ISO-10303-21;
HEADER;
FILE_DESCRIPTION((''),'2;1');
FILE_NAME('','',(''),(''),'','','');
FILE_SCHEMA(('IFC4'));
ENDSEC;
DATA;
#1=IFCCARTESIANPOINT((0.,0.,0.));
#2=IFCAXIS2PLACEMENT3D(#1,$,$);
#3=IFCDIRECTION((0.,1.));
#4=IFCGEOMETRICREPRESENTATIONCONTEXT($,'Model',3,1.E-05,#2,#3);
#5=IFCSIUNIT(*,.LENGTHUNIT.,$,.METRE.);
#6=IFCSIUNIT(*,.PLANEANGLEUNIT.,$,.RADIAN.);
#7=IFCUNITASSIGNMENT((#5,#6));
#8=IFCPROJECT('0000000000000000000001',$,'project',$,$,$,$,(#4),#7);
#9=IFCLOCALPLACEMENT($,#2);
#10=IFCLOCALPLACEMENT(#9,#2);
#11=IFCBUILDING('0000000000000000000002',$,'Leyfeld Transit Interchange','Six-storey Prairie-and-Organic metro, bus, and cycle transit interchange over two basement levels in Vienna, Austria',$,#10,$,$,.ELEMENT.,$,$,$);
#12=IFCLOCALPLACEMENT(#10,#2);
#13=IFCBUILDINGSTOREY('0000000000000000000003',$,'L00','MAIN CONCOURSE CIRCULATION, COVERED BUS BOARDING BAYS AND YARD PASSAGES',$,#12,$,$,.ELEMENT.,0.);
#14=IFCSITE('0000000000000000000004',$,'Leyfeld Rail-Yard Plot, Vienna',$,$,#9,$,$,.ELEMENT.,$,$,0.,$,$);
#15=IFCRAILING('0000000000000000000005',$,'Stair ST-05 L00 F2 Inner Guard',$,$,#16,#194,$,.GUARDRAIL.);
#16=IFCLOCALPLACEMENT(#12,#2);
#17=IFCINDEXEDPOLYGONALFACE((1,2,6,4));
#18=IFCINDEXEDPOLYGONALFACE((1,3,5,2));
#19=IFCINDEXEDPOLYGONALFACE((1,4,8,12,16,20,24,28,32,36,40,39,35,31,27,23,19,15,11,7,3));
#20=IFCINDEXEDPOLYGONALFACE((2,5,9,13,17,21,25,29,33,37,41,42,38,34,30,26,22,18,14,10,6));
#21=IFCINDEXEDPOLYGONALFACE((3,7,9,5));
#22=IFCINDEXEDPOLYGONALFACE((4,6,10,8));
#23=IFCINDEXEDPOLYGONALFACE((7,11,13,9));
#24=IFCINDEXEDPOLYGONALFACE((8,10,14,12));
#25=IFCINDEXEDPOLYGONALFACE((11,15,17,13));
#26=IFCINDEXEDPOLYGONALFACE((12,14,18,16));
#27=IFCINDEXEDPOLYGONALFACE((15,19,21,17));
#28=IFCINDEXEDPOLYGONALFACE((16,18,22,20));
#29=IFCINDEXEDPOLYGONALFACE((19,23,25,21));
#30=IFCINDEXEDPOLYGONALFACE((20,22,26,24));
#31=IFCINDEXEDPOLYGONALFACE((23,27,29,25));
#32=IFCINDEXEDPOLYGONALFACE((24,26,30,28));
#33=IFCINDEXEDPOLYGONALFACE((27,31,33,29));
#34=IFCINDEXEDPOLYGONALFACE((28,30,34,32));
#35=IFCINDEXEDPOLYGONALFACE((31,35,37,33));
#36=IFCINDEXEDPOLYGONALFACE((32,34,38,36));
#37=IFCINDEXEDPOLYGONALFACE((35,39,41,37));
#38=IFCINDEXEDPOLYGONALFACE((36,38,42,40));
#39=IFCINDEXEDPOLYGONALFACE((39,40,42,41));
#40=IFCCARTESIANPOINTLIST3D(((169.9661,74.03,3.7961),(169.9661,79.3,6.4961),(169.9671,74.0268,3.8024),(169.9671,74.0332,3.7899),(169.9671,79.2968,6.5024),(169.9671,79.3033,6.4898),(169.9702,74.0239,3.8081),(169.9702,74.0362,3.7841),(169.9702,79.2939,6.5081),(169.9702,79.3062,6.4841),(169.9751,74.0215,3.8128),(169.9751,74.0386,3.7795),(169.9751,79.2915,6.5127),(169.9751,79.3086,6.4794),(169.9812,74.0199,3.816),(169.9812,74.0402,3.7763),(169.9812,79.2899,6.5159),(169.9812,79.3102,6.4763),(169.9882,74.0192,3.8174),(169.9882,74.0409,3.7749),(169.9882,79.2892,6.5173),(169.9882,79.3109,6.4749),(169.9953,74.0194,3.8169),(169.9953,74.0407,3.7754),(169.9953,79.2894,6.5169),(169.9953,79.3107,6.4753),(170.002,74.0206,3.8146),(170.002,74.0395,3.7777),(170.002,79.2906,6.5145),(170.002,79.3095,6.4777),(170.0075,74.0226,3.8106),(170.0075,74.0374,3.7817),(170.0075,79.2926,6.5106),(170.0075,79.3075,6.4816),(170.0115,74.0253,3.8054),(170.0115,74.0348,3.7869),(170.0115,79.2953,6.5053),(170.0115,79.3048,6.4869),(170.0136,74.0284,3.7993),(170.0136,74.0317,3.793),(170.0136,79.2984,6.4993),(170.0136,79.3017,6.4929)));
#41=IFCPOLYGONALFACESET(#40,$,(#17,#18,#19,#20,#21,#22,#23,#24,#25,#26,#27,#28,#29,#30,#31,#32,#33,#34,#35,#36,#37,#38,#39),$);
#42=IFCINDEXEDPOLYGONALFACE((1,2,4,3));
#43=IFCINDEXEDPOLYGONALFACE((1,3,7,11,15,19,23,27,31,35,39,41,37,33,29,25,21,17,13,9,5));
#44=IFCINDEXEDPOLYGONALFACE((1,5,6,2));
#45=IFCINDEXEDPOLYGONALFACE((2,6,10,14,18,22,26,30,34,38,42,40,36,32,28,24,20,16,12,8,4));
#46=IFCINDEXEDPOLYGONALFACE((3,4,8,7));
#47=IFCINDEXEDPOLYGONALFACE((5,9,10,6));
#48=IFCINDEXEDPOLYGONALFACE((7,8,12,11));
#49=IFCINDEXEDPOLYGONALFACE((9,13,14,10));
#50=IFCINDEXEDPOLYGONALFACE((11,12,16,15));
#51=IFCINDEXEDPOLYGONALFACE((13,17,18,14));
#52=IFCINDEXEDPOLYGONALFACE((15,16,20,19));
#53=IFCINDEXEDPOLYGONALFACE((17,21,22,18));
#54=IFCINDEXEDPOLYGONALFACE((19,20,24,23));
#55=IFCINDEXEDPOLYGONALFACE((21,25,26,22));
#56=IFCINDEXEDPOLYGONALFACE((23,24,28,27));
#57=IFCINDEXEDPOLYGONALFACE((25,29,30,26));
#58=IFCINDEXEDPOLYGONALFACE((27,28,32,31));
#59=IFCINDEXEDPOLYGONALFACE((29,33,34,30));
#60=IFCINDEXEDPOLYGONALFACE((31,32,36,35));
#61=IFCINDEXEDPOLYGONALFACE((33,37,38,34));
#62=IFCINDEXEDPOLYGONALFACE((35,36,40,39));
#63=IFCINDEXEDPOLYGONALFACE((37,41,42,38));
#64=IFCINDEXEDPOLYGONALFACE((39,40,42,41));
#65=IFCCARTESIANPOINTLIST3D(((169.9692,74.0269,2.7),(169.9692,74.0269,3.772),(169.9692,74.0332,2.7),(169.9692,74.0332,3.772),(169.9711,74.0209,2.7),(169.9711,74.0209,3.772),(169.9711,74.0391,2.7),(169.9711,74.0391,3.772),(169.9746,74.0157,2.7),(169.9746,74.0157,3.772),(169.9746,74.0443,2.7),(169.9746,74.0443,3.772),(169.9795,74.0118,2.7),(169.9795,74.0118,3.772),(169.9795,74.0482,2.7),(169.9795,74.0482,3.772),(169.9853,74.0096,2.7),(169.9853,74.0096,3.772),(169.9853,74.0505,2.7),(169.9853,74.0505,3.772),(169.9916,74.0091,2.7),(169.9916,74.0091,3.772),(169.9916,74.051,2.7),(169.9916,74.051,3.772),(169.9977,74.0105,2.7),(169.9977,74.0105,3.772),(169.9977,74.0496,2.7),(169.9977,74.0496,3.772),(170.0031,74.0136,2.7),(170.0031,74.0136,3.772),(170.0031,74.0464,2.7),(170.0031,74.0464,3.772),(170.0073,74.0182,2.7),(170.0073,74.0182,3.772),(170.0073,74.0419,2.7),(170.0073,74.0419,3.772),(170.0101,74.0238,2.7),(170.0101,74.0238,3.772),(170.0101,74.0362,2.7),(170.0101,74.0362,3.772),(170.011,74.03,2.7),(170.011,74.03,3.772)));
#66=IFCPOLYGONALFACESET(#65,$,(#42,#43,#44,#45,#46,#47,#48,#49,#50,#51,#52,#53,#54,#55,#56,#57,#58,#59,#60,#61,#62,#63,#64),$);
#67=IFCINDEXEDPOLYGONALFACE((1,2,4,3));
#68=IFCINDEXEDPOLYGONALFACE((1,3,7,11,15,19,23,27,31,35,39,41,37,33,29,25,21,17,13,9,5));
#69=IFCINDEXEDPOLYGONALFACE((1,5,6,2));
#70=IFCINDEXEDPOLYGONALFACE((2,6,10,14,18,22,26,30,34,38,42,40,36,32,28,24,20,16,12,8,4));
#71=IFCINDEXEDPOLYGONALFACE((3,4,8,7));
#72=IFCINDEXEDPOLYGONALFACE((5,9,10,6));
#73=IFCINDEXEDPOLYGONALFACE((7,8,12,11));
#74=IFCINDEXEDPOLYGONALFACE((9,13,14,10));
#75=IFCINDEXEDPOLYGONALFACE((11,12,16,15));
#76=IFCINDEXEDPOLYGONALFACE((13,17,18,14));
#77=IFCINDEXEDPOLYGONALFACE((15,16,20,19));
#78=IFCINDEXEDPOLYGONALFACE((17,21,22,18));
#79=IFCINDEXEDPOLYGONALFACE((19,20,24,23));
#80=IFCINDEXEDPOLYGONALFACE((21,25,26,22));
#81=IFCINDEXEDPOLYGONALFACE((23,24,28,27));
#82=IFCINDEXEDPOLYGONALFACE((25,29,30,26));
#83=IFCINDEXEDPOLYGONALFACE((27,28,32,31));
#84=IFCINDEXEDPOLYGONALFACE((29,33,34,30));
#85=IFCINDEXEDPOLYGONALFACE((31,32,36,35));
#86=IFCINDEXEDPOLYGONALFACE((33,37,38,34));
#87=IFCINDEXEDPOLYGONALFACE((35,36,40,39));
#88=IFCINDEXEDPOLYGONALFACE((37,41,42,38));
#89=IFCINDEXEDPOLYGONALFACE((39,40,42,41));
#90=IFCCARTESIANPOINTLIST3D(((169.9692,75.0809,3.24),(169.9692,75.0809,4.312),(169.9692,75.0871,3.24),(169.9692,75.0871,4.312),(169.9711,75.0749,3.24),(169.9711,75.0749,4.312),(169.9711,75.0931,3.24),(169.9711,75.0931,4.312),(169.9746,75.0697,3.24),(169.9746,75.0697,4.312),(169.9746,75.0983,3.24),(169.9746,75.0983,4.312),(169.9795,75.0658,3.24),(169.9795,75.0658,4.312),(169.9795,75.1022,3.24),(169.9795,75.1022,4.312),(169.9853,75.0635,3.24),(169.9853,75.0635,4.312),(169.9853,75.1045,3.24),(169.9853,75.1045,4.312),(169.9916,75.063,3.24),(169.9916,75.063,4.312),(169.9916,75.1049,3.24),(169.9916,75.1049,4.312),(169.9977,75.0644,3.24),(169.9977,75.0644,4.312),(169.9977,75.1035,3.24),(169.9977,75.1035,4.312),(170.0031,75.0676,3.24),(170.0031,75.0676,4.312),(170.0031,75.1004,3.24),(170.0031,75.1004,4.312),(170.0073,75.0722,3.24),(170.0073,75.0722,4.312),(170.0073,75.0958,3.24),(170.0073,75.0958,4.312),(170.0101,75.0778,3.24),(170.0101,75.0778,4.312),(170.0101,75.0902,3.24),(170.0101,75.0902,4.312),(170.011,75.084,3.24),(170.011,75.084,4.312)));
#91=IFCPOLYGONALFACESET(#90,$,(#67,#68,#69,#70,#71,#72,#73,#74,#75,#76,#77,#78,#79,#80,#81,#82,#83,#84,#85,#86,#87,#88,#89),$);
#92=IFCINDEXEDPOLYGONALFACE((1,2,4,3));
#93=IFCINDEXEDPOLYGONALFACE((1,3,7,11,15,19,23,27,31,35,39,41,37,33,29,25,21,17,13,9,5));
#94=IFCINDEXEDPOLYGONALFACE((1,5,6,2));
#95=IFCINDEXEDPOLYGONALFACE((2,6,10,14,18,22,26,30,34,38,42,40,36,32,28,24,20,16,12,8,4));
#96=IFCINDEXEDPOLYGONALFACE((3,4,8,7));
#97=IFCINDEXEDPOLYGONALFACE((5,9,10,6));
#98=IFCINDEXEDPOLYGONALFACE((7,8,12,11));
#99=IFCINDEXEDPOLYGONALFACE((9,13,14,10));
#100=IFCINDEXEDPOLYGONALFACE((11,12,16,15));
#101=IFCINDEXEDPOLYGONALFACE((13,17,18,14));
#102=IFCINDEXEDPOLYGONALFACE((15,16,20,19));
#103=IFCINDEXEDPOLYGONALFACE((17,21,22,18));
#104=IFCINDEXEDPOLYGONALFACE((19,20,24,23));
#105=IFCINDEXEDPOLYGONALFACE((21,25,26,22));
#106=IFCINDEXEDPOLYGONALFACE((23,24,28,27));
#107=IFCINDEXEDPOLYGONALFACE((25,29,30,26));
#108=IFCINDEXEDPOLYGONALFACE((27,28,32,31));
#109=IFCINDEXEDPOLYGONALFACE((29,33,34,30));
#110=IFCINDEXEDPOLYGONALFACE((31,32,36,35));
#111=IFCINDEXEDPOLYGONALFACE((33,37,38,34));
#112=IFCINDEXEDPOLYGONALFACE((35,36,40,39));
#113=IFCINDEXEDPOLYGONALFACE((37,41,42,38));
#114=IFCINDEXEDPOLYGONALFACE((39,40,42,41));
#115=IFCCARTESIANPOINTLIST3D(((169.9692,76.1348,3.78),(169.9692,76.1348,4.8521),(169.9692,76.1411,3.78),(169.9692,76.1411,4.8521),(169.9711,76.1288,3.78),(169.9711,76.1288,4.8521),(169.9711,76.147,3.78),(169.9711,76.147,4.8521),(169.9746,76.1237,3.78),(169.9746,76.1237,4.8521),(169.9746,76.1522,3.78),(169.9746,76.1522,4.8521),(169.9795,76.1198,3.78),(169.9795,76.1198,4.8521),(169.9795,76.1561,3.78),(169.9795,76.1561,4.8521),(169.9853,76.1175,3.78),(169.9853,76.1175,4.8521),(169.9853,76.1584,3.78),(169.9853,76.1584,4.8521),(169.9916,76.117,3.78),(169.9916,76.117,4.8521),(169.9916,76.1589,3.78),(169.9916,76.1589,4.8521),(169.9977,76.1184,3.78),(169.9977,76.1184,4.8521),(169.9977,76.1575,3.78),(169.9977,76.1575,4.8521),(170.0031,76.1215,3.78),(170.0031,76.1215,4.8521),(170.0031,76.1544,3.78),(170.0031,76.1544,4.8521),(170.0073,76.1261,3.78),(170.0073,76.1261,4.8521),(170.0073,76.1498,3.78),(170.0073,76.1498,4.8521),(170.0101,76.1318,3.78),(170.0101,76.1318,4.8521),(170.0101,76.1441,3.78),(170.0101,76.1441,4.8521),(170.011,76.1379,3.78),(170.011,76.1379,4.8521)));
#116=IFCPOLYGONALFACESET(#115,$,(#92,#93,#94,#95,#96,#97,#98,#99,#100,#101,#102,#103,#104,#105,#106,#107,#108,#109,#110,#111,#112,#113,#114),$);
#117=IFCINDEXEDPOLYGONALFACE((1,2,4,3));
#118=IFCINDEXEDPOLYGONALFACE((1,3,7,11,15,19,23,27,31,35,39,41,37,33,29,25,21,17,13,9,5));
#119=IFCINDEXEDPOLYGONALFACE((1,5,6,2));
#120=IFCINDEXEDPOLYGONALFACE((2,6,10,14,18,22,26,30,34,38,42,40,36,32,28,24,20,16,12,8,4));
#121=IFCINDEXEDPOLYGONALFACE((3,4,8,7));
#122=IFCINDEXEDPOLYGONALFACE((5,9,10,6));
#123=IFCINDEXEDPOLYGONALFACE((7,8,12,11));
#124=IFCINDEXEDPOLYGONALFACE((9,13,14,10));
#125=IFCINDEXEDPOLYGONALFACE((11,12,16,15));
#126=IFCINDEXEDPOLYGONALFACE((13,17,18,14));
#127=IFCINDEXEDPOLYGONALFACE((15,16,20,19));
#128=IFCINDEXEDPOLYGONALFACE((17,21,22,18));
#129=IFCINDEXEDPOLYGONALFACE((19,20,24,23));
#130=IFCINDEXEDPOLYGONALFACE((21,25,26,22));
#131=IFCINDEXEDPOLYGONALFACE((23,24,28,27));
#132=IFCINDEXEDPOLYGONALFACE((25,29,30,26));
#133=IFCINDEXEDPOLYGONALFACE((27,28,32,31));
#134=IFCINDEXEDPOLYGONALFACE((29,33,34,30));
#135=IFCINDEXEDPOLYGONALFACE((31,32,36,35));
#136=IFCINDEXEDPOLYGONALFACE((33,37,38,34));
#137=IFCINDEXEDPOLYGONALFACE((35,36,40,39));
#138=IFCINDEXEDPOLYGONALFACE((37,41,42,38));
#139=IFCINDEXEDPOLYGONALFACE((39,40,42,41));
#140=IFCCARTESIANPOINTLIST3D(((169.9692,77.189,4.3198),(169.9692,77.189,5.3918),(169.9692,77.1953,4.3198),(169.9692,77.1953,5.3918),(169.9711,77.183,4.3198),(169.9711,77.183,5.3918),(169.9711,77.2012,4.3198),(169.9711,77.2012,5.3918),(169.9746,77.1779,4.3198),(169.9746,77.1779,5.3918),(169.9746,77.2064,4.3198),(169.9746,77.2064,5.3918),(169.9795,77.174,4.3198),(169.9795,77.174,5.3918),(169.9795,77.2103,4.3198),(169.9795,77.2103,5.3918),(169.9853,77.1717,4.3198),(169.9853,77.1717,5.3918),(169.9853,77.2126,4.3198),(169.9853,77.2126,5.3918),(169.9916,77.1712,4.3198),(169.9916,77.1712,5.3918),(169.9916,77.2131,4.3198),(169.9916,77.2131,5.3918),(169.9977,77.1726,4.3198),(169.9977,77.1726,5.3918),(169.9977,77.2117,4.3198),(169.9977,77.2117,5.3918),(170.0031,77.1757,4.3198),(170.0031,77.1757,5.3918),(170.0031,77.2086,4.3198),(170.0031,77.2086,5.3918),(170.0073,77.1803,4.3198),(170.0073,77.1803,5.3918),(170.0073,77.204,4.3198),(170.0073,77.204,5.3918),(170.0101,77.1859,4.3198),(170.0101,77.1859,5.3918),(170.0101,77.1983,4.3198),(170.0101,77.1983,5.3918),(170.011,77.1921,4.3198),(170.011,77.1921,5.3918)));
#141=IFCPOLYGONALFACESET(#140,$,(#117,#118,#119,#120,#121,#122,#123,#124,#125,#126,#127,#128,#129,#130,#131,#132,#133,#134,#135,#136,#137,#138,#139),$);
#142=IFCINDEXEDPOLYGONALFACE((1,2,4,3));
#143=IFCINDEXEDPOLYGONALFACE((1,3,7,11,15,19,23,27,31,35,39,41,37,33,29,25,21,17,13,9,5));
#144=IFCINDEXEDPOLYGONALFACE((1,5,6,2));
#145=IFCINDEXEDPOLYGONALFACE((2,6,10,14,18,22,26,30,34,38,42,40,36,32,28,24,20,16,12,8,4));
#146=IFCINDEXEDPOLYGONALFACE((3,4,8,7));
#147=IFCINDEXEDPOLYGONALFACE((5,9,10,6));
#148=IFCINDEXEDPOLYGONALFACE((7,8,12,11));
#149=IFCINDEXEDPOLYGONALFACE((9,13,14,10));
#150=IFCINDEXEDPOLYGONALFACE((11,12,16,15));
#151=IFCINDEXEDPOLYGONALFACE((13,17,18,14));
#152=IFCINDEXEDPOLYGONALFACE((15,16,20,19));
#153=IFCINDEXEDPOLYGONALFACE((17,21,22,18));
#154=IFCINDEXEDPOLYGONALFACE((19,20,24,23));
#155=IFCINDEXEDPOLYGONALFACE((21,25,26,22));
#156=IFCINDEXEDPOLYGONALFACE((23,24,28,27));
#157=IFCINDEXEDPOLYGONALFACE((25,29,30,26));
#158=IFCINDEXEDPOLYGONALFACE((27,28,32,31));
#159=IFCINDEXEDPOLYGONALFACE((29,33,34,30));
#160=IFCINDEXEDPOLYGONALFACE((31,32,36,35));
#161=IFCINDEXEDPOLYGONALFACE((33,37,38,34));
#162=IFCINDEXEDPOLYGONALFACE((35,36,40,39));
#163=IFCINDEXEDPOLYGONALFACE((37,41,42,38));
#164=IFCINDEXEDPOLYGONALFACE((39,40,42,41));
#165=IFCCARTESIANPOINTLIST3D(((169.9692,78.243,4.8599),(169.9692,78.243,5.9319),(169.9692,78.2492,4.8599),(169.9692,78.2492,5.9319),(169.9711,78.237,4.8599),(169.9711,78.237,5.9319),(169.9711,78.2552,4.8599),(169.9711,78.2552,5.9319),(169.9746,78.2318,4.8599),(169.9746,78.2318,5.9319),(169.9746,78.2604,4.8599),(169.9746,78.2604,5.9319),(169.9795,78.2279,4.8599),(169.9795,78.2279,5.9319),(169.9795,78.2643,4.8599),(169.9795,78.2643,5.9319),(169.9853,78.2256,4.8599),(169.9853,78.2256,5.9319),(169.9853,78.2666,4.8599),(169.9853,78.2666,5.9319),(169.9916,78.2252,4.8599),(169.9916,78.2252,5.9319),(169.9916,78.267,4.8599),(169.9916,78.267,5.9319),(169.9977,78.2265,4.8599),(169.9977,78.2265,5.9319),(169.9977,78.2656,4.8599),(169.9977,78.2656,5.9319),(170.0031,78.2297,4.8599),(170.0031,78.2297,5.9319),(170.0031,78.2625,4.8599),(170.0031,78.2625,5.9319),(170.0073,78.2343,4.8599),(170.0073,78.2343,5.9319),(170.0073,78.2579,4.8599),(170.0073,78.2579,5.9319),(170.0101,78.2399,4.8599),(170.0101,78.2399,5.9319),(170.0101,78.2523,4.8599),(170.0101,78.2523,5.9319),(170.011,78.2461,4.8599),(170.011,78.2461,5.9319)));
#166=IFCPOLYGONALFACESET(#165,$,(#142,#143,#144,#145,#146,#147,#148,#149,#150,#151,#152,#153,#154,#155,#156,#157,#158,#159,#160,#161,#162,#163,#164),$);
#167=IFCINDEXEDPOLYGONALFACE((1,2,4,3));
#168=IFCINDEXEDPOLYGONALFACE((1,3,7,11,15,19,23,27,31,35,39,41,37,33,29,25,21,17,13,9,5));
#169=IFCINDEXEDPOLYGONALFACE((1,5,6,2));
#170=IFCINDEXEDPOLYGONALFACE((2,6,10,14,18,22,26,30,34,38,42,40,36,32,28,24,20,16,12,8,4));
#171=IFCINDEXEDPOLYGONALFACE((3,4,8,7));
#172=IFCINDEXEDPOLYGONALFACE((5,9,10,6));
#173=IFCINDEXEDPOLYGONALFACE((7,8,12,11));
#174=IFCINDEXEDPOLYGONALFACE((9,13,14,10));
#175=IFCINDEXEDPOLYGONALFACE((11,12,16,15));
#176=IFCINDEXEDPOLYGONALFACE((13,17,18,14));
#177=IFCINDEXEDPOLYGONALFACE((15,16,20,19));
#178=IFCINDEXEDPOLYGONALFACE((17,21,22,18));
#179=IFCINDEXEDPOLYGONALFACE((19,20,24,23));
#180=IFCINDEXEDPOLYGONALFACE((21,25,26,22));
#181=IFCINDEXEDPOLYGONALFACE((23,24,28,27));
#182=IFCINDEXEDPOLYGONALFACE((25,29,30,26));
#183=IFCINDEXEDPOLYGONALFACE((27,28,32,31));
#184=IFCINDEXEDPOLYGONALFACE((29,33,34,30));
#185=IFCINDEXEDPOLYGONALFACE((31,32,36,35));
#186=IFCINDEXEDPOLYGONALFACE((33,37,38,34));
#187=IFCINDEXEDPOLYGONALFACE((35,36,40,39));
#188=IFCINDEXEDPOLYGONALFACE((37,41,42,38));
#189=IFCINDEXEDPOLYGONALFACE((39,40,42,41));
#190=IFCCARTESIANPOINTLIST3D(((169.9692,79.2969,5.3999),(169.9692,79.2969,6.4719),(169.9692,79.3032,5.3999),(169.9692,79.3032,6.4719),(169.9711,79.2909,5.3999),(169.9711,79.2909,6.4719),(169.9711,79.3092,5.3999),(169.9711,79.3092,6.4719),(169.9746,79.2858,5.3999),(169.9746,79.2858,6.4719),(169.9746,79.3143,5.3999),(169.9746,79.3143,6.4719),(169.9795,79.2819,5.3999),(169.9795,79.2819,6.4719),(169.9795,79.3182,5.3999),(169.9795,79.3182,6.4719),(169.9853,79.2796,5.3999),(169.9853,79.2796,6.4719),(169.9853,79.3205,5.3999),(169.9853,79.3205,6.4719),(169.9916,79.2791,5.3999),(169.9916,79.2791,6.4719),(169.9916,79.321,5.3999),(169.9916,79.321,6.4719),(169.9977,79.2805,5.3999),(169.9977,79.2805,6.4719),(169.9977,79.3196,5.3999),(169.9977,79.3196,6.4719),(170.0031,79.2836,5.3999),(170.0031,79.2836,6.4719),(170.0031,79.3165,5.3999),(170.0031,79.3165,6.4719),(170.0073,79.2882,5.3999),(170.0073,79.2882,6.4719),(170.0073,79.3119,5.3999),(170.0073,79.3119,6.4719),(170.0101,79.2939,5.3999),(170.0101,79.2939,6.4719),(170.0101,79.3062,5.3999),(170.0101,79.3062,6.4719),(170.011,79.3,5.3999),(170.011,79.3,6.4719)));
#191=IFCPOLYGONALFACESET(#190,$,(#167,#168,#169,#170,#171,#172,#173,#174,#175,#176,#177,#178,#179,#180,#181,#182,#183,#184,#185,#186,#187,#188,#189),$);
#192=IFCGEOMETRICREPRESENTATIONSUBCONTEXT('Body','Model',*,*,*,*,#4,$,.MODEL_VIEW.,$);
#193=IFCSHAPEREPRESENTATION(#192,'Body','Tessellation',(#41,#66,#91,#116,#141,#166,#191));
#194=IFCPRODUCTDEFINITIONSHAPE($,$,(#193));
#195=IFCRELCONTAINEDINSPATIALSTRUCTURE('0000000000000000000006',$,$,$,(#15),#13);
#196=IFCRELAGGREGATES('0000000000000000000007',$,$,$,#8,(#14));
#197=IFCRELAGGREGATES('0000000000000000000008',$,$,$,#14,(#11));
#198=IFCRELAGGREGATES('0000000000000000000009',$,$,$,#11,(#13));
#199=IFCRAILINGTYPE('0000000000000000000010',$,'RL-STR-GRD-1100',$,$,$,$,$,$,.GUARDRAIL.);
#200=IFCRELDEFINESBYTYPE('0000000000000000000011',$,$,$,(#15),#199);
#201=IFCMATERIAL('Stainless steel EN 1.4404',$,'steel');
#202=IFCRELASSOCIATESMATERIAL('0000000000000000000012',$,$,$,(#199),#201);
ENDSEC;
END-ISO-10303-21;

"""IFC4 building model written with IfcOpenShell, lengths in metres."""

from ifc_helpers import new_model, si_unit, direction, frame, origin, origin_2d, place, context, subcontext, project, spatial, circle, extrude, material, type_object, element, save


model = new_model("IFC4")

# Units and contexts
model_context = context("Model", 3, precision=1e-05, world=origin(), true_north=direction((0.0, 1.0)))
body_context = subcontext(model_context, "Body", "Model", "MODEL_VIEW")
ifc_project = project(units=[si_unit("LENGTHUNIT", "METRE"), si_unit("PLANEANGLEUNIT", "RADIAN")], contexts=[model_context])

# Site, building, storey
site_placement = place(None, origin())
site = spatial("IfcSite", under=ifc_project, at=site_placement, Name="Leyfeld Rail-Yard Plot, Vienna", CompositionType="ELEMENT", RefElevation=0.0)
building_placement = place(site_placement, origin())
building = spatial("IfcBuilding", under=site, at=building_placement, Name="Leyfeld Transit Interchange", Description="Six-storey Prairie-and-Organic metro, bus, and cycle transit interchange over two basement levels in Vienna, Austria", CompositionType="ELEMENT")
storey_placement = place(building_placement, origin())
storey = spatial("IfcBuildingStorey", under=building, at=storey_placement, Name="L00", Description="MAIN CONCOURSE CIRCULATION, COVERED BUS BOARDING BAYS AND YARD PASSAGES", CompositionType="ELEMENT", Elevation=0.0)

# Railing
ifc_material_1 = material(Name="Stainless steel EN 1.4404", Category="steel")
railing_type = type_object("IfcRailingType", Name="RL-STR-GRD-1100", PredefinedType="GUARDRAIL", material=ifc_material_1)
railing_1_placement = place(storey_placement, frame((169.99, 74.03, 2.7)))
element("IfcRailing", 1, at=railing_1_placement, inside=storey, type_object=railing_type, Name="Stair ST-05 L00 F2 Inner Guard", PredefinedType="GUARDRAIL", context=body_context, shape_type="SweptSolid", body=[
    extrude(circle(Radius=0.0239, at=origin_2d()), frame((0.0, 0.0, 1.0962), z_axis=(0.0, 0.889997, 0.455966), x_axis=(-1.0, 0.0, 0.0)), (0.0, 0.0, 1.0), 5.9214),
    extrude(circle(Radius=0.021, at=origin_2d()), origin(), (0.0, 0.0, 1.0), 1.072),
    extrude(circle(Radius=0.021, at=origin_2d()), frame((0.0, 1.054, 0.54)), (0.0, 0.0, 1.0), 1.072),
    extrude(circle(Radius=0.021, at=origin_2d()), frame((0.0, 2.1079, 1.0801)), (0.0, 0.0, 1.0), 1.072),
    extrude(circle(Radius=0.021, at=origin_2d()), frame((0.0, 3.1621, 1.6199)), (0.0, 0.0, 1.0), 1.072),
    extrude(circle(Radius=0.021, at=origin_2d()), frame((0.0, 4.2161, 2.1599)), (0.0, 0.0, 1.0), 1.072),
    extrude(circle(Radius=0.021, at=origin_2d()), frame((0.0, 5.27, 2.7)), (0.0, 0.0, 1.0), 1.072),
])

save(model, "model.ifc")
